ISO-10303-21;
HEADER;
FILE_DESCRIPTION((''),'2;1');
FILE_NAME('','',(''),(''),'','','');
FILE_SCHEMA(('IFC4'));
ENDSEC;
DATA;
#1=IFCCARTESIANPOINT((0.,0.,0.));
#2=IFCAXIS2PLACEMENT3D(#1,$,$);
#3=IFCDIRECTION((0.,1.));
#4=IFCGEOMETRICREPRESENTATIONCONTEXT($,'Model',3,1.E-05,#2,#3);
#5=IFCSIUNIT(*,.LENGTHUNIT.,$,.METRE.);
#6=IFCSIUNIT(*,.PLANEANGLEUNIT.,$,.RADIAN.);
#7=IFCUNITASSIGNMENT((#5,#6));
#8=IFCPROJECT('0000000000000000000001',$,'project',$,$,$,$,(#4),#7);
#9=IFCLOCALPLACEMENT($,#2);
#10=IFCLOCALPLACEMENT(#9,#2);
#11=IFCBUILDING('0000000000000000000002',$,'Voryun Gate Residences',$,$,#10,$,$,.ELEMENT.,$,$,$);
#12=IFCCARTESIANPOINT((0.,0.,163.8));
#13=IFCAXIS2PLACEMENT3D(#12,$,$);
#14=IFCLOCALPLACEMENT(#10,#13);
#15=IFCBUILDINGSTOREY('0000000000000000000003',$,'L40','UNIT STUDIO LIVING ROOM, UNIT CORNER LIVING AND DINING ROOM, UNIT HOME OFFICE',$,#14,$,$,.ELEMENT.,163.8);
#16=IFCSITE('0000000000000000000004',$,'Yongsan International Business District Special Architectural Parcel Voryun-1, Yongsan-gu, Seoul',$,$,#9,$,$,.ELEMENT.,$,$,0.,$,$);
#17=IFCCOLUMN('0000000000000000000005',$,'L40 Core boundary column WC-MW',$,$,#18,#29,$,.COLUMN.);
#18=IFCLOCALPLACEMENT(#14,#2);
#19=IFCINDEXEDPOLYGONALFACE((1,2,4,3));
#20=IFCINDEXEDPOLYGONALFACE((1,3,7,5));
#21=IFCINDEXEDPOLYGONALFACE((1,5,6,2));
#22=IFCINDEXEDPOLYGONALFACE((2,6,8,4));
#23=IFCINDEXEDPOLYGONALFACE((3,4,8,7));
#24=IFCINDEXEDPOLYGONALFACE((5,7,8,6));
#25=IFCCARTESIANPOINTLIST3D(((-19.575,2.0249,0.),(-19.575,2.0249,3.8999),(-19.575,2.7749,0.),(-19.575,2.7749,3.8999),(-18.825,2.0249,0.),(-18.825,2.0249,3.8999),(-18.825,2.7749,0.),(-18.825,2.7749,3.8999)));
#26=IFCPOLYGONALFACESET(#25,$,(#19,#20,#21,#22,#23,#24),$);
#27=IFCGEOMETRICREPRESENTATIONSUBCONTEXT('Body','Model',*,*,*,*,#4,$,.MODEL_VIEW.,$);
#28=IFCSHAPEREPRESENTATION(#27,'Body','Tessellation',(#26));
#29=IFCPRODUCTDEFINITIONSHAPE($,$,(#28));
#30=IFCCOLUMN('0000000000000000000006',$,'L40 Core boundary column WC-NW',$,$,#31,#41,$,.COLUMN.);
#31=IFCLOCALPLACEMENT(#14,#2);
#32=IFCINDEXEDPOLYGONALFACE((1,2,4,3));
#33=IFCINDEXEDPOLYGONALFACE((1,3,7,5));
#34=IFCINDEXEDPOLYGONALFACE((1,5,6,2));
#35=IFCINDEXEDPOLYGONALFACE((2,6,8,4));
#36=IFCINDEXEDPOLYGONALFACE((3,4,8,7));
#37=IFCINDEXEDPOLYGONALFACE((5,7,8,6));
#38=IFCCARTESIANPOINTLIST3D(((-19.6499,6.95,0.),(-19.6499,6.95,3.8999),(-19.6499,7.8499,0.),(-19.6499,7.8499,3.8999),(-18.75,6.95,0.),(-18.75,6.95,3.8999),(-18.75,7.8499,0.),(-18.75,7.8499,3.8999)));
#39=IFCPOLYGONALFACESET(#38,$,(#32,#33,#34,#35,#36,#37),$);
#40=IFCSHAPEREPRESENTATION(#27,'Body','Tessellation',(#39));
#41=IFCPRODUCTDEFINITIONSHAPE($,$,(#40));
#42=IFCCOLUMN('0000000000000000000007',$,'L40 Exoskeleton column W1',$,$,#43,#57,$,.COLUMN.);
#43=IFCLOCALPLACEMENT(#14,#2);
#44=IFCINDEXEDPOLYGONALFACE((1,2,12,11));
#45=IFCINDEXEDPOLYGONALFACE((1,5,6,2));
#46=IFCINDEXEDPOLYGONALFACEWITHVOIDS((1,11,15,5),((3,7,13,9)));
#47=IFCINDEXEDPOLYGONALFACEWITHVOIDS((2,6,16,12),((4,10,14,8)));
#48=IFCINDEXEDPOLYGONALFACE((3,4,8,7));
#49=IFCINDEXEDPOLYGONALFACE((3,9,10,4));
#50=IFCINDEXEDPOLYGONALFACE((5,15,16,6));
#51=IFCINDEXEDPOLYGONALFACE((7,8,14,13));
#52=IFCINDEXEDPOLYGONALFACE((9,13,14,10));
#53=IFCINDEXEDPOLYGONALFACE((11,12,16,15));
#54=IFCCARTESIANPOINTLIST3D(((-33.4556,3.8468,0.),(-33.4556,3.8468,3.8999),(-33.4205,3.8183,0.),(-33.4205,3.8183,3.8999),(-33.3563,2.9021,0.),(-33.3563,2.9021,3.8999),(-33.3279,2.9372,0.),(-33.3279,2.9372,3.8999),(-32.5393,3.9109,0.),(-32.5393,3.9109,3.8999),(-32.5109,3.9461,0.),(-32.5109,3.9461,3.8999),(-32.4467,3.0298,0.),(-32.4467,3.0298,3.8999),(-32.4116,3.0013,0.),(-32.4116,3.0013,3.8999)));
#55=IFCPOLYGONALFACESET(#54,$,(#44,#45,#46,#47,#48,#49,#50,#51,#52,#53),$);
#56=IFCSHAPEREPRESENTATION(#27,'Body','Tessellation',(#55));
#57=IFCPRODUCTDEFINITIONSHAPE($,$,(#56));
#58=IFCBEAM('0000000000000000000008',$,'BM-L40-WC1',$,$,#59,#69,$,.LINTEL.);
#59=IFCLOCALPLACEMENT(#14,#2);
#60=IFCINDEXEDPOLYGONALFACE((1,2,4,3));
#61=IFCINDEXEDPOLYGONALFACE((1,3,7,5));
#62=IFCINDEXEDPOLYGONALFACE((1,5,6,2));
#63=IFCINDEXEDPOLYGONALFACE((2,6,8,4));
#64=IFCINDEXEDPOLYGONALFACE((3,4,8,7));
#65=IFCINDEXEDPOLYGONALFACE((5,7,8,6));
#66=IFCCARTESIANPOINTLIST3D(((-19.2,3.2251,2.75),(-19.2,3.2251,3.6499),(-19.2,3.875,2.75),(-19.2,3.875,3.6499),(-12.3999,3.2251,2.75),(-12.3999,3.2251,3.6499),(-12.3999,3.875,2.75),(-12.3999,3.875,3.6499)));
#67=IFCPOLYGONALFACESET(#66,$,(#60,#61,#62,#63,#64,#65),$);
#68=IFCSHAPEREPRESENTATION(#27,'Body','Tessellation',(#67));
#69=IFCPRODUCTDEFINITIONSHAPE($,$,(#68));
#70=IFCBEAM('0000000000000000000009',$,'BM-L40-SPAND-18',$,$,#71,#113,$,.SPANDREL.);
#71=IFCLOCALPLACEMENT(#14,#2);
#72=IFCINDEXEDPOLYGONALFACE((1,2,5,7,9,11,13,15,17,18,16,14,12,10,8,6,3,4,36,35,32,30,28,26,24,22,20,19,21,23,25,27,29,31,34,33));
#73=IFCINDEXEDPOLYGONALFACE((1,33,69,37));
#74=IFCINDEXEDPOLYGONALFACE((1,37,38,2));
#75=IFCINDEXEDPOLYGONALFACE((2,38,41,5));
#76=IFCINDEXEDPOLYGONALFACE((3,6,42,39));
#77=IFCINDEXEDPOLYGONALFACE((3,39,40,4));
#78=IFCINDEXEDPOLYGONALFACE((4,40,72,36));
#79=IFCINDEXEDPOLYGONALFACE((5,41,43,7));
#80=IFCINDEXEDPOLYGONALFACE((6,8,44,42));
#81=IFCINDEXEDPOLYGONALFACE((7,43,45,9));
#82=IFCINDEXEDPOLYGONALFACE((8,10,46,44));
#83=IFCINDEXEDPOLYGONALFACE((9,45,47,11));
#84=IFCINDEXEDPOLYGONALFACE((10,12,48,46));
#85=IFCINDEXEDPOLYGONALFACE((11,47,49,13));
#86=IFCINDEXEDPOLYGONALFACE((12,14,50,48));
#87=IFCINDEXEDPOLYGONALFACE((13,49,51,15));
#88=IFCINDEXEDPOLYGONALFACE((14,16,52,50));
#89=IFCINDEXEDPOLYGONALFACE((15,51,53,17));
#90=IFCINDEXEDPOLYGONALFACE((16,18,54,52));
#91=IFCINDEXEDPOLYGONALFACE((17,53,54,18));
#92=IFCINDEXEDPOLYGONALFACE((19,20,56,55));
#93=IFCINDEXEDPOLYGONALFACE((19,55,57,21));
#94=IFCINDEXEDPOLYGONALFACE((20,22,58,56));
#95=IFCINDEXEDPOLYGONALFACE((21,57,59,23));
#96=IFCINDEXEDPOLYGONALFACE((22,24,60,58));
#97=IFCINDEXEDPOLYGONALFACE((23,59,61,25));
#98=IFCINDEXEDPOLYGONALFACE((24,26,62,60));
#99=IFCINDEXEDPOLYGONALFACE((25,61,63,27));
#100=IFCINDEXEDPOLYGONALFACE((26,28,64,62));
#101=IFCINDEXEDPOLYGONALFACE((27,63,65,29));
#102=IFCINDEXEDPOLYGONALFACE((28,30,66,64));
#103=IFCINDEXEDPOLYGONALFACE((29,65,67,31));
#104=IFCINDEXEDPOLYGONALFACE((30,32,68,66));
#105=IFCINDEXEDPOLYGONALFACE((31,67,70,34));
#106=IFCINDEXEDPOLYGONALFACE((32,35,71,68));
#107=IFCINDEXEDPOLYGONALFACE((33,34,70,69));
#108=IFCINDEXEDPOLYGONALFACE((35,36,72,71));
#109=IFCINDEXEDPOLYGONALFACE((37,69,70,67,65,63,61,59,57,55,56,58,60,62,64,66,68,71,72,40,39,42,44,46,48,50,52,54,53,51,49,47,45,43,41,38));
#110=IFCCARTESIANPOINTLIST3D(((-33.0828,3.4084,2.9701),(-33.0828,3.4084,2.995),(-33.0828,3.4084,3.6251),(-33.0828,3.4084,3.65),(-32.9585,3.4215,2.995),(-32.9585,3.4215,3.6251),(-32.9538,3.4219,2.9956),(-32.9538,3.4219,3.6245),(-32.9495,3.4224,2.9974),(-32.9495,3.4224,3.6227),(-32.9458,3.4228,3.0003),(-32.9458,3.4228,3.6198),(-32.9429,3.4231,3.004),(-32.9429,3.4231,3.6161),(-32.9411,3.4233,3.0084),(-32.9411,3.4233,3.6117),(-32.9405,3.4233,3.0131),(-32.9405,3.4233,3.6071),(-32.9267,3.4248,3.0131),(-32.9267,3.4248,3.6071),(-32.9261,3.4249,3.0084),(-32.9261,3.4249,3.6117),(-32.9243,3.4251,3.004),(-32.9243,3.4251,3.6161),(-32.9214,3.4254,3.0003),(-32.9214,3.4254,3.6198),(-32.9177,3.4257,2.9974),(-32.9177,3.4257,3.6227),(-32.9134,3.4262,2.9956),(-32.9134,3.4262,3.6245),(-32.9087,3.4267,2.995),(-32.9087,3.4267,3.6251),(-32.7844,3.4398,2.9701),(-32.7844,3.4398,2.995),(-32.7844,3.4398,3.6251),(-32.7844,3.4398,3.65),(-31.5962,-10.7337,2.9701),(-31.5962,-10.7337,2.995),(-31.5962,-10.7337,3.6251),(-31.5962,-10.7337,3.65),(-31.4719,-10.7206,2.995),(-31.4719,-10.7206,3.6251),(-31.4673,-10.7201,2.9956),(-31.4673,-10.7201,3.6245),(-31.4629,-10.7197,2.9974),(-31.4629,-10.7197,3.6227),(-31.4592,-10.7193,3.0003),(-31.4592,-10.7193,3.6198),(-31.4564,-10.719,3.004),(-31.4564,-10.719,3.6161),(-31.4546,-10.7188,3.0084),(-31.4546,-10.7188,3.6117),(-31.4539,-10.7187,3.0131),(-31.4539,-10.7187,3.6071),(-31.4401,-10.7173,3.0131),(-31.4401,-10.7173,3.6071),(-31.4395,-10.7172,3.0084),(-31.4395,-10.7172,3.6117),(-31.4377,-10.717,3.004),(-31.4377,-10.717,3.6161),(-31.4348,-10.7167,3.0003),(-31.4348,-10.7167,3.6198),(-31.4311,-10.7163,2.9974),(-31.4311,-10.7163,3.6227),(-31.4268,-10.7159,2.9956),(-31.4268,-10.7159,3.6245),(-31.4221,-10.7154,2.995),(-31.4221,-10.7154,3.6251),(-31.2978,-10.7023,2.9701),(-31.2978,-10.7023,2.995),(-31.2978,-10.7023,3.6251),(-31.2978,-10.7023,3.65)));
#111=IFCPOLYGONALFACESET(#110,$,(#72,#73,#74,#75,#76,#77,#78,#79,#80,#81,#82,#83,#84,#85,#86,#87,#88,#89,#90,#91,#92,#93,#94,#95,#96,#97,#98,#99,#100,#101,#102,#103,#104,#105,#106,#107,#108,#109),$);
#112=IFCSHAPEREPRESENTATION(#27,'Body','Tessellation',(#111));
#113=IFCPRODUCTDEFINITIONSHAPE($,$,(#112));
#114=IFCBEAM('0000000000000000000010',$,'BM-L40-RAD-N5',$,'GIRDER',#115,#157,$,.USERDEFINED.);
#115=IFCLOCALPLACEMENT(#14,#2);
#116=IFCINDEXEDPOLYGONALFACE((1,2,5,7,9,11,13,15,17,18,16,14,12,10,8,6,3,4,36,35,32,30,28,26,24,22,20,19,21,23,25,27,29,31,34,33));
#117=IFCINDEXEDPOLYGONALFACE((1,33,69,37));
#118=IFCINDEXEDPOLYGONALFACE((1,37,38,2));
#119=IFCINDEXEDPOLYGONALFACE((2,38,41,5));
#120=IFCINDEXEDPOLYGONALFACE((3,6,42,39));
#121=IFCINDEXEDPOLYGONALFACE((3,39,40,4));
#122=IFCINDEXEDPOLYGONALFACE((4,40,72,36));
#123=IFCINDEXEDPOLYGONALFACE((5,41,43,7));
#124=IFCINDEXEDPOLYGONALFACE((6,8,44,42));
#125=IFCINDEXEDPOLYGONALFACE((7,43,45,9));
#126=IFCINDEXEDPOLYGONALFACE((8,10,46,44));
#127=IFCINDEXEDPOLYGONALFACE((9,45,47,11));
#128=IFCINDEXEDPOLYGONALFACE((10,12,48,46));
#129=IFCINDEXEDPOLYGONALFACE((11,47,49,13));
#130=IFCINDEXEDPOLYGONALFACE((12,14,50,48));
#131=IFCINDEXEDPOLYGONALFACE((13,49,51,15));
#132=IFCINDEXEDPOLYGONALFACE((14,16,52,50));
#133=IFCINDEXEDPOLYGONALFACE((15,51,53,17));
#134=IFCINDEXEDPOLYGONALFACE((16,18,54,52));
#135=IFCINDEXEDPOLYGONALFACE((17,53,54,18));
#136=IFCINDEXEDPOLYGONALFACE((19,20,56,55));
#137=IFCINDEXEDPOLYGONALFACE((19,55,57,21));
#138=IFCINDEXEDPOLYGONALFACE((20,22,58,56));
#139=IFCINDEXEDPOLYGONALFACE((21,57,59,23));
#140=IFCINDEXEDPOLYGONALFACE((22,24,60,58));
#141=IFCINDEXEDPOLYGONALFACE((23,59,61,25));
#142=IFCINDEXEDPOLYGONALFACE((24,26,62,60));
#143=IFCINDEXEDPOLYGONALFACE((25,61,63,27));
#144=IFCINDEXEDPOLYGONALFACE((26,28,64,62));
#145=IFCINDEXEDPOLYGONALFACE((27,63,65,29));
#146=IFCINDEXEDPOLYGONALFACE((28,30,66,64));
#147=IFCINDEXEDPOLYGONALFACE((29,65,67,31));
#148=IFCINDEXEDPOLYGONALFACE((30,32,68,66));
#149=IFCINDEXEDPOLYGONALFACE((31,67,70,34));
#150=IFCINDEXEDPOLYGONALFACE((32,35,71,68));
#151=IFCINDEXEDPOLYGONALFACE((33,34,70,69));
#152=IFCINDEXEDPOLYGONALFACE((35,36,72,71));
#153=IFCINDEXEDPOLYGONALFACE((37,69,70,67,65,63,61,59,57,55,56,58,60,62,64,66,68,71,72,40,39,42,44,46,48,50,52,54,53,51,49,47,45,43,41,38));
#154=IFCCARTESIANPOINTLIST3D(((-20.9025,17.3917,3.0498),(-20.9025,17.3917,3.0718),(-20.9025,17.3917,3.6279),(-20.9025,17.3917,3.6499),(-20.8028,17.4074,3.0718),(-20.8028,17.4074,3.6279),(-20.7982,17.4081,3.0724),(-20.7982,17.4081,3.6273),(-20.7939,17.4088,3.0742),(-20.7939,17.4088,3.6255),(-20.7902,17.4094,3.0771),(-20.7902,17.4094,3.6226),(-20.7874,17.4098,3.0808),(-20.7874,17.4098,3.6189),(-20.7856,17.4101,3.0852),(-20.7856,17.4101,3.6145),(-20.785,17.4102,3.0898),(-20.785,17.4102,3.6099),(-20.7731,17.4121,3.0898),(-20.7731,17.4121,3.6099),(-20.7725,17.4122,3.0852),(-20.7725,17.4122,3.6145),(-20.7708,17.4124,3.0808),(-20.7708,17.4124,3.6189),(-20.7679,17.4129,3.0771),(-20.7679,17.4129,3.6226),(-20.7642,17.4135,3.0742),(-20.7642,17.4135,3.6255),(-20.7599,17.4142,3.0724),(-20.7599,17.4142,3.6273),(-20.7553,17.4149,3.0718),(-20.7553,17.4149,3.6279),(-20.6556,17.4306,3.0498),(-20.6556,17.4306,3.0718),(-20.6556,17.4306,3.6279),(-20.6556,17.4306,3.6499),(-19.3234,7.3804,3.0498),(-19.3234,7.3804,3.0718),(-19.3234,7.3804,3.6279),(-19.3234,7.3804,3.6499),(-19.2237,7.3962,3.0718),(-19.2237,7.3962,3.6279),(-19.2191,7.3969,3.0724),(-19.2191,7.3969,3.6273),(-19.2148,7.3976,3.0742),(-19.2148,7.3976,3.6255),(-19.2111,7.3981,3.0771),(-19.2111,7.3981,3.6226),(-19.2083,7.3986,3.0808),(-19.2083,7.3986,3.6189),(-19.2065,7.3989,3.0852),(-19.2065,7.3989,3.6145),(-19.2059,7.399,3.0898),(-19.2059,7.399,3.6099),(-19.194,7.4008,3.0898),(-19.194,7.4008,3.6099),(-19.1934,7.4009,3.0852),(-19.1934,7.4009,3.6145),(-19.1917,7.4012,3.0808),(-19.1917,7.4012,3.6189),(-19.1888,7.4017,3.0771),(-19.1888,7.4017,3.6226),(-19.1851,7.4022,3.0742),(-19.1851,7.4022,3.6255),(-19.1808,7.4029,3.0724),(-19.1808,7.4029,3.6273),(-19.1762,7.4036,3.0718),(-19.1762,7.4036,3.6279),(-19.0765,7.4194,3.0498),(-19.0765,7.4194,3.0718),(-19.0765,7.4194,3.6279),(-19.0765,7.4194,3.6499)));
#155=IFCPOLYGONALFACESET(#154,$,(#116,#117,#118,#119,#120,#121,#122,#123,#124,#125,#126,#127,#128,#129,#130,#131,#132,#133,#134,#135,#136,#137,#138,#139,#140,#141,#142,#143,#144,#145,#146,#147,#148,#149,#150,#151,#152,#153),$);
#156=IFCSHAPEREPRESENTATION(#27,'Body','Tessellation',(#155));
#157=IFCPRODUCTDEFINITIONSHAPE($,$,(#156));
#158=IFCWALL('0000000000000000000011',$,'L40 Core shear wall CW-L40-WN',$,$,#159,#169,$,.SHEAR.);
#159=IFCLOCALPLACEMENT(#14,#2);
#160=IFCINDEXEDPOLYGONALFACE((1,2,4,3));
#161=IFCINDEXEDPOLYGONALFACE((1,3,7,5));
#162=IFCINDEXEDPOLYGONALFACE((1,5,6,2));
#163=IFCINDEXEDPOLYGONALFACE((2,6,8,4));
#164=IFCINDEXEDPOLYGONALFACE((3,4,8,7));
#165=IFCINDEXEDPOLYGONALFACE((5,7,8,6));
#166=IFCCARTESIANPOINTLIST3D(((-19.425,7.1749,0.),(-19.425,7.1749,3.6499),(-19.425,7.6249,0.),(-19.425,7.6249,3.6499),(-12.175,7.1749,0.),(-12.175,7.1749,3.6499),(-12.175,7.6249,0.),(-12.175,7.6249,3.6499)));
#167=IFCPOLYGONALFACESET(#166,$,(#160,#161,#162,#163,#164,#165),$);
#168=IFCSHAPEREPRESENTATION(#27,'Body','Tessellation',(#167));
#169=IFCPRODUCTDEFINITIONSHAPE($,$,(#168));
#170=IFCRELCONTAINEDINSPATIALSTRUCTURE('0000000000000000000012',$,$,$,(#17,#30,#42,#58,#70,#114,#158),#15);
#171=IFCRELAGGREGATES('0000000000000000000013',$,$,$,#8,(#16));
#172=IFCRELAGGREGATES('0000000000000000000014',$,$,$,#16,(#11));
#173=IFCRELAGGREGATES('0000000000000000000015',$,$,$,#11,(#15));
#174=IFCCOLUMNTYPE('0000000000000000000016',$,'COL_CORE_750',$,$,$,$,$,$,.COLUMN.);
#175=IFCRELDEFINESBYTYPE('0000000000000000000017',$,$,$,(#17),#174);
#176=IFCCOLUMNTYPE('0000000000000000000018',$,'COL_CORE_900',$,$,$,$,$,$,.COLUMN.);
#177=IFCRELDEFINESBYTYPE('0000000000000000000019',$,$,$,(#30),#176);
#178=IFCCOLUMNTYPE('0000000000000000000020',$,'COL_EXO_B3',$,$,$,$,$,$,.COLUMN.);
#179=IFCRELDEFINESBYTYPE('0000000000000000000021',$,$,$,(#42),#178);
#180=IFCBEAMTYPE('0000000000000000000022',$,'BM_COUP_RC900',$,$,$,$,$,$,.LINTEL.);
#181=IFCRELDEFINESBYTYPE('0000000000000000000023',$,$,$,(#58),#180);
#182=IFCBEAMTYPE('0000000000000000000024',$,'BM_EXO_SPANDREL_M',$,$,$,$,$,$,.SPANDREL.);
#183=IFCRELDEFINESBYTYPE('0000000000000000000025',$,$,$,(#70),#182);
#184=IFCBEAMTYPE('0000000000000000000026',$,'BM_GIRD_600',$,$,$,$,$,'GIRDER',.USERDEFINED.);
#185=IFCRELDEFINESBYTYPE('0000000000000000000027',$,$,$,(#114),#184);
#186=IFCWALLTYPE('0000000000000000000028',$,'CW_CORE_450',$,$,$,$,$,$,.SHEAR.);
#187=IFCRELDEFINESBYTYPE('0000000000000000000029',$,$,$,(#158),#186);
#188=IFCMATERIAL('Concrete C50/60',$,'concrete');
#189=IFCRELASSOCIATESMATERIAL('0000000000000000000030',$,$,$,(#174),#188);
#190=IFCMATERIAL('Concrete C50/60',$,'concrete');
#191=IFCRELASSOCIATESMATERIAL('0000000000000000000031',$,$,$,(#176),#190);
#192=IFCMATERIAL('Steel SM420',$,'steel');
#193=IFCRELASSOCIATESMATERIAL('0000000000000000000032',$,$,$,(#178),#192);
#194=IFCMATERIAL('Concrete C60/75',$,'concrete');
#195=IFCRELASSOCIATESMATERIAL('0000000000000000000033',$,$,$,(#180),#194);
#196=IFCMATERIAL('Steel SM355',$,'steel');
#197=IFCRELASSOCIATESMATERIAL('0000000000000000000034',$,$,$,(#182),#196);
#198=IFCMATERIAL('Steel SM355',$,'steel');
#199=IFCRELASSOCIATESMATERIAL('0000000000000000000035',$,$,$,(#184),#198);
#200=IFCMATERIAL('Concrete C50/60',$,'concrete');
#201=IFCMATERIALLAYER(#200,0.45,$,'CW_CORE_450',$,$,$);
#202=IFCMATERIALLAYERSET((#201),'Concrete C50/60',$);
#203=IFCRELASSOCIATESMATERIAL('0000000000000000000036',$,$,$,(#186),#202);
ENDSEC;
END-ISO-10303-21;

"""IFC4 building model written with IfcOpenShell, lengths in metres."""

from ifc_helpers import new_model, si_unit, direction, frame, frame_2d, origin, origin_2d, place, context, subcontext, project, spatial, rectangle, hollow_rectangle, i_section, extrude, material, layer, layer_set, material_profile, profile_set, type_object, element, save


model = new_model("IFC4")

# Units and contexts
model_context = context("Model", 3, precision=1e-05, world=origin(), true_north=direction((0.0, 1.0)))
body_context = subcontext(model_context, "Body", "Model", "MODEL_VIEW")
ifc_project = project(units=[si_unit("LENGTHUNIT", "METRE"), si_unit("PLANEANGLEUNIT", "RADIAN")], contexts=[model_context])

# Site, building, storey
site_placement = place(None, origin())
site = spatial("IfcSite", under=ifc_project, at=site_placement, Name="Yongsan International Business District Special Architectural Parcel Voryun-1, Yongsan-gu, Seoul", CompositionType="ELEMENT", RefElevation=0.0)
building_placement = place(site_placement, origin())
building = spatial("IfcBuilding", under=site, at=building_placement, Name="Voryun Gate Residences", CompositionType="ELEMENT")
storey_placement = place(building_placement, frame((0.0, 0.0, 163.8)))
storey = spatial("IfcBuildingStorey", under=building, at=storey_placement, Name="L40", Description="UNIT STUDIO LIVING ROOM, UNIT CORNER LIVING AND DINING ROOM, UNIT HOME OFFICE", CompositionType="ELEMENT", Elevation=163.8)

# Columns
ifc_material_1 = material(Name="Concrete C50/60", Category="concrete")
ifc_material_profile_1 = material_profile(ifc_material_1, rectangle(XDim=0.75, YDim=0.75, at=origin_2d()), Name="RC-750x750")
ifc_profile_set_1 = profile_set([ifc_material_profile_1], Name="Concrete C50/60")
column_type_1 = type_object("IfcColumnType", Name="COL_CORE_750", PredefinedType="COLUMN", material=ifc_profile_set_1)
column_1_placement = place(storey_placement, frame((-19.2, 2.3999, 0.0), z_axis=(0.0, 0.0, 1.0), x_axis=(1.0, 0.0, 0.0)))
element("IfcColumn", 1, at=column_1_placement, inside=storey, type_object=column_type_1, Name="L40 Core boundary column WC-MW", PredefinedType="COLUMN", context=body_context, shape_type="SweptSolid", body=[
    extrude(rectangle(XDim=0.75, YDim=0.75, at=origin_2d()), origin(), (0.0, 0.0, 1.0), 3.8999),
])
ifc_material_2 = material(Name="Concrete C50/60", Category="concrete")
ifc_material_profile_2 = material_profile(ifc_material_2, rectangle(XDim=0.8999, YDim=0.8999, at=origin_2d()), Name="RC-900x900")
ifc_profile_set_2 = profile_set([ifc_material_profile_2], Name="Concrete C50/60")
column_type_2 = type_object("IfcColumnType", Name="COL_CORE_900", PredefinedType="COLUMN", material=ifc_profile_set_2)
column_2_placement = place(storey_placement, frame((-19.2, 7.3999, 0.0), z_axis=(0.0, 0.0, 1.0), x_axis=(1.0, 0.0, 0.0)))
element("IfcColumn", 2, at=column_2_placement, inside=storey, type_object=column_type_2, Name="L40 Core boundary column WC-NW", PredefinedType="COLUMN", context=body_context, shape_type="SweptSolid", body=[
    extrude(rectangle(XDim=0.8999, YDim=0.8999, at=origin_2d()), origin(), (0.0, 0.0, 1.0), 3.8999),
])
ifc_material_3 = material(Name="Steel SM420", Category="steel")
ifc_material_profile_3 = material_profile(ifc_material_3, hollow_rectangle(XDim=0.95, YDim=0.95, WallThickness=0.032, at=origin_2d()), Name="BOX-950x950x32")
ifc_profile_set_3 = profile_set([ifc_material_profile_3], Name="Steel SM420")
column_type_3 = type_object("IfcColumnType", Name="COL_EXO_B3", PredefinedType="COLUMN", material=ifc_profile_set_3)
column_3_placement = place(storey_placement, frame((-32.9336, 3.4241, 0.0), z_axis=(0.0, 0.0, 1.0), x_axis=(0.994522, 0.104528, 0.0)))
element("IfcColumn", 3, at=column_3_placement, inside=storey, type_object=column_type_3, Name="L40 Exoskeleton column W1", PredefinedType="COLUMN", context=body_context, shape_type="SweptSolid", body=[
    extrude(hollow_rectangle(XDim=0.95, YDim=0.95, WallThickness=0.032, at=origin_2d()), origin(), (0.0, 0.0, 1.0), 3.8999),
])

# Beams
ifc_material_4 = material(Name="Concrete C60/75", Category="concrete")
ifc_material_profile_4 = material_profile(ifc_material_4, rectangle(XDim=0.6499, YDim=0.8999, at=origin_2d()), Name="RC-650x900")
ifc_profile_set_4 = profile_set([ifc_material_profile_4], Name="Concrete C60/75")
beam_type_1 = type_object("IfcBeamType", Name="BM_COUP_RC900", PredefinedType="LINTEL", material=ifc_profile_set_4)
beam_1_placement = place(storey_placement, frame((-19.2, 3.55, 3.2), z_axis=(1.0, 0.0, 0.0), x_axis=(0.0, 1.0, 0.0)))
element("IfcBeam", 4, at=beam_1_placement, inside=storey, type_object=beam_type_1, Name="BM-L40-WC1", PredefinedType="LINTEL", context=body_context, shape_type="SweptSolid", body=[
    extrude(rectangle(XDim=0.6499, YDim=0.8999, at=origin_2d()), origin(), (0.0, 0.0, 1.0), 6.8),
])
ifc_material_5 = material(Name="Steel SM355", Category="steel")
ifc_material_profile_5 = material_profile(ifc_material_5, i_section(OverallWidth=0.3, OverallDepth=0.6799, WebThickness=0.0139, FlangeThickness=0.0249, FilletRadius=0.0181, at=origin_2d()), Name="H-680x300x14x25")
ifc_profile_set_5 = profile_set([ifc_material_profile_5], Name="Steel SM355")
beam_type_2 = type_object("IfcBeamType", Name="BM_EXO_SPANDREL_M", PredefinedType="SPANDREL", material=ifc_profile_set_5)
beam_2_placement = place(storey_placement, frame((-32.9336, 3.4241, 3.3101), z_axis=(0.104541, -0.994521, 0.0), x_axis=(0.994521, 0.104541, 0.0)))
element("IfcBeam", 5, at=beam_2_placement, inside=storey, type_object=beam_type_2, Name="BM-L40-SPAND-18", PredefinedType="SPANDREL", context=body_context, shape_type="SweptSolid", body=[
    extrude(i_section(OverallWidth=0.3, OverallDepth=0.6799, WebThickness=0.0139, FlangeThickness=0.0249, FilletRadius=0.0181, at=origin_2d()), origin(), (0.0, 0.0, 1.0), 14.22),
])
ifc_material_6 = material(Name="Steel SM355", Category="steel")
ifc_material_profile_6 = material_profile(ifc_material_6, i_section(OverallWidth=0.25, OverallDepth=0.6001, WebThickness=0.012, FlangeThickness=0.022, FilletRadius=0.0181, at=origin_2d()), Name="H-600x250x12x22")
ifc_profile_set_6 = profile_set([ifc_material_profile_6], Name="Steel SM355")
beam_type_3 = type_object("IfcBeamType", Name="BM_GIRD_600", ElementType="GIRDER", PredefinedType="USERDEFINED", material=ifc_profile_set_6)
beam_3_placement = place(storey_placement, frame((-19.2, 7.3999, 3.3499), z_axis=(-0.155807, 0.987788, 0.0), x_axis=(-0.987788, -0.155807, 0.0)))
element("IfcBeam", 6, at=beam_3_placement, inside=storey, type_object=beam_type_3, Name="BM-L40-RAD-N5", ObjectType="GIRDER", PredefinedType="USERDEFINED", context=body_context, shape_type="SweptSolid", body=[
    extrude(i_section(OverallWidth=0.25, OverallDepth=0.6001, WebThickness=0.012, FlangeThickness=0.022, FilletRadius=0.0181, at=origin_2d()), origin(), (0.0, 0.0, 1.0), 10.135),
])

# Wall
ifc_material_7 = material(Name="Concrete C50/60", Category="concrete")
ifc_layer_1 = layer(ifc_material_7, 0.45, Name="CW_CORE_450")
ifc_layer_set_1 = layer_set([ifc_layer_1], Name="Concrete C50/60")
wall_type_1 = type_object("IfcWallType", Name="CW_CORE_450", PredefinedType="SHEAR", material=ifc_layer_set_1)
wall_1_placement = place(storey_placement, frame((-19.425, 7.3999, 0.0), z_axis=(0.0, 0.0, 1.0), x_axis=(1.0, 0.0, 0.0)))
element("IfcWall", 7, at=wall_1_placement, inside=storey, type_object=wall_type_1, Name="L40 Core shear wall CW-L40-WN", PredefinedType="SHEAR", context=body_context, shape_type="SweptSolid", body=[
    extrude(rectangle(XDim=7.25, YDim=0.45, at=frame_2d((3.625, 0.0))), origin(), (0.0, 0.0, 1.0), 3.6499),
])

save(model, "model.ifc")
